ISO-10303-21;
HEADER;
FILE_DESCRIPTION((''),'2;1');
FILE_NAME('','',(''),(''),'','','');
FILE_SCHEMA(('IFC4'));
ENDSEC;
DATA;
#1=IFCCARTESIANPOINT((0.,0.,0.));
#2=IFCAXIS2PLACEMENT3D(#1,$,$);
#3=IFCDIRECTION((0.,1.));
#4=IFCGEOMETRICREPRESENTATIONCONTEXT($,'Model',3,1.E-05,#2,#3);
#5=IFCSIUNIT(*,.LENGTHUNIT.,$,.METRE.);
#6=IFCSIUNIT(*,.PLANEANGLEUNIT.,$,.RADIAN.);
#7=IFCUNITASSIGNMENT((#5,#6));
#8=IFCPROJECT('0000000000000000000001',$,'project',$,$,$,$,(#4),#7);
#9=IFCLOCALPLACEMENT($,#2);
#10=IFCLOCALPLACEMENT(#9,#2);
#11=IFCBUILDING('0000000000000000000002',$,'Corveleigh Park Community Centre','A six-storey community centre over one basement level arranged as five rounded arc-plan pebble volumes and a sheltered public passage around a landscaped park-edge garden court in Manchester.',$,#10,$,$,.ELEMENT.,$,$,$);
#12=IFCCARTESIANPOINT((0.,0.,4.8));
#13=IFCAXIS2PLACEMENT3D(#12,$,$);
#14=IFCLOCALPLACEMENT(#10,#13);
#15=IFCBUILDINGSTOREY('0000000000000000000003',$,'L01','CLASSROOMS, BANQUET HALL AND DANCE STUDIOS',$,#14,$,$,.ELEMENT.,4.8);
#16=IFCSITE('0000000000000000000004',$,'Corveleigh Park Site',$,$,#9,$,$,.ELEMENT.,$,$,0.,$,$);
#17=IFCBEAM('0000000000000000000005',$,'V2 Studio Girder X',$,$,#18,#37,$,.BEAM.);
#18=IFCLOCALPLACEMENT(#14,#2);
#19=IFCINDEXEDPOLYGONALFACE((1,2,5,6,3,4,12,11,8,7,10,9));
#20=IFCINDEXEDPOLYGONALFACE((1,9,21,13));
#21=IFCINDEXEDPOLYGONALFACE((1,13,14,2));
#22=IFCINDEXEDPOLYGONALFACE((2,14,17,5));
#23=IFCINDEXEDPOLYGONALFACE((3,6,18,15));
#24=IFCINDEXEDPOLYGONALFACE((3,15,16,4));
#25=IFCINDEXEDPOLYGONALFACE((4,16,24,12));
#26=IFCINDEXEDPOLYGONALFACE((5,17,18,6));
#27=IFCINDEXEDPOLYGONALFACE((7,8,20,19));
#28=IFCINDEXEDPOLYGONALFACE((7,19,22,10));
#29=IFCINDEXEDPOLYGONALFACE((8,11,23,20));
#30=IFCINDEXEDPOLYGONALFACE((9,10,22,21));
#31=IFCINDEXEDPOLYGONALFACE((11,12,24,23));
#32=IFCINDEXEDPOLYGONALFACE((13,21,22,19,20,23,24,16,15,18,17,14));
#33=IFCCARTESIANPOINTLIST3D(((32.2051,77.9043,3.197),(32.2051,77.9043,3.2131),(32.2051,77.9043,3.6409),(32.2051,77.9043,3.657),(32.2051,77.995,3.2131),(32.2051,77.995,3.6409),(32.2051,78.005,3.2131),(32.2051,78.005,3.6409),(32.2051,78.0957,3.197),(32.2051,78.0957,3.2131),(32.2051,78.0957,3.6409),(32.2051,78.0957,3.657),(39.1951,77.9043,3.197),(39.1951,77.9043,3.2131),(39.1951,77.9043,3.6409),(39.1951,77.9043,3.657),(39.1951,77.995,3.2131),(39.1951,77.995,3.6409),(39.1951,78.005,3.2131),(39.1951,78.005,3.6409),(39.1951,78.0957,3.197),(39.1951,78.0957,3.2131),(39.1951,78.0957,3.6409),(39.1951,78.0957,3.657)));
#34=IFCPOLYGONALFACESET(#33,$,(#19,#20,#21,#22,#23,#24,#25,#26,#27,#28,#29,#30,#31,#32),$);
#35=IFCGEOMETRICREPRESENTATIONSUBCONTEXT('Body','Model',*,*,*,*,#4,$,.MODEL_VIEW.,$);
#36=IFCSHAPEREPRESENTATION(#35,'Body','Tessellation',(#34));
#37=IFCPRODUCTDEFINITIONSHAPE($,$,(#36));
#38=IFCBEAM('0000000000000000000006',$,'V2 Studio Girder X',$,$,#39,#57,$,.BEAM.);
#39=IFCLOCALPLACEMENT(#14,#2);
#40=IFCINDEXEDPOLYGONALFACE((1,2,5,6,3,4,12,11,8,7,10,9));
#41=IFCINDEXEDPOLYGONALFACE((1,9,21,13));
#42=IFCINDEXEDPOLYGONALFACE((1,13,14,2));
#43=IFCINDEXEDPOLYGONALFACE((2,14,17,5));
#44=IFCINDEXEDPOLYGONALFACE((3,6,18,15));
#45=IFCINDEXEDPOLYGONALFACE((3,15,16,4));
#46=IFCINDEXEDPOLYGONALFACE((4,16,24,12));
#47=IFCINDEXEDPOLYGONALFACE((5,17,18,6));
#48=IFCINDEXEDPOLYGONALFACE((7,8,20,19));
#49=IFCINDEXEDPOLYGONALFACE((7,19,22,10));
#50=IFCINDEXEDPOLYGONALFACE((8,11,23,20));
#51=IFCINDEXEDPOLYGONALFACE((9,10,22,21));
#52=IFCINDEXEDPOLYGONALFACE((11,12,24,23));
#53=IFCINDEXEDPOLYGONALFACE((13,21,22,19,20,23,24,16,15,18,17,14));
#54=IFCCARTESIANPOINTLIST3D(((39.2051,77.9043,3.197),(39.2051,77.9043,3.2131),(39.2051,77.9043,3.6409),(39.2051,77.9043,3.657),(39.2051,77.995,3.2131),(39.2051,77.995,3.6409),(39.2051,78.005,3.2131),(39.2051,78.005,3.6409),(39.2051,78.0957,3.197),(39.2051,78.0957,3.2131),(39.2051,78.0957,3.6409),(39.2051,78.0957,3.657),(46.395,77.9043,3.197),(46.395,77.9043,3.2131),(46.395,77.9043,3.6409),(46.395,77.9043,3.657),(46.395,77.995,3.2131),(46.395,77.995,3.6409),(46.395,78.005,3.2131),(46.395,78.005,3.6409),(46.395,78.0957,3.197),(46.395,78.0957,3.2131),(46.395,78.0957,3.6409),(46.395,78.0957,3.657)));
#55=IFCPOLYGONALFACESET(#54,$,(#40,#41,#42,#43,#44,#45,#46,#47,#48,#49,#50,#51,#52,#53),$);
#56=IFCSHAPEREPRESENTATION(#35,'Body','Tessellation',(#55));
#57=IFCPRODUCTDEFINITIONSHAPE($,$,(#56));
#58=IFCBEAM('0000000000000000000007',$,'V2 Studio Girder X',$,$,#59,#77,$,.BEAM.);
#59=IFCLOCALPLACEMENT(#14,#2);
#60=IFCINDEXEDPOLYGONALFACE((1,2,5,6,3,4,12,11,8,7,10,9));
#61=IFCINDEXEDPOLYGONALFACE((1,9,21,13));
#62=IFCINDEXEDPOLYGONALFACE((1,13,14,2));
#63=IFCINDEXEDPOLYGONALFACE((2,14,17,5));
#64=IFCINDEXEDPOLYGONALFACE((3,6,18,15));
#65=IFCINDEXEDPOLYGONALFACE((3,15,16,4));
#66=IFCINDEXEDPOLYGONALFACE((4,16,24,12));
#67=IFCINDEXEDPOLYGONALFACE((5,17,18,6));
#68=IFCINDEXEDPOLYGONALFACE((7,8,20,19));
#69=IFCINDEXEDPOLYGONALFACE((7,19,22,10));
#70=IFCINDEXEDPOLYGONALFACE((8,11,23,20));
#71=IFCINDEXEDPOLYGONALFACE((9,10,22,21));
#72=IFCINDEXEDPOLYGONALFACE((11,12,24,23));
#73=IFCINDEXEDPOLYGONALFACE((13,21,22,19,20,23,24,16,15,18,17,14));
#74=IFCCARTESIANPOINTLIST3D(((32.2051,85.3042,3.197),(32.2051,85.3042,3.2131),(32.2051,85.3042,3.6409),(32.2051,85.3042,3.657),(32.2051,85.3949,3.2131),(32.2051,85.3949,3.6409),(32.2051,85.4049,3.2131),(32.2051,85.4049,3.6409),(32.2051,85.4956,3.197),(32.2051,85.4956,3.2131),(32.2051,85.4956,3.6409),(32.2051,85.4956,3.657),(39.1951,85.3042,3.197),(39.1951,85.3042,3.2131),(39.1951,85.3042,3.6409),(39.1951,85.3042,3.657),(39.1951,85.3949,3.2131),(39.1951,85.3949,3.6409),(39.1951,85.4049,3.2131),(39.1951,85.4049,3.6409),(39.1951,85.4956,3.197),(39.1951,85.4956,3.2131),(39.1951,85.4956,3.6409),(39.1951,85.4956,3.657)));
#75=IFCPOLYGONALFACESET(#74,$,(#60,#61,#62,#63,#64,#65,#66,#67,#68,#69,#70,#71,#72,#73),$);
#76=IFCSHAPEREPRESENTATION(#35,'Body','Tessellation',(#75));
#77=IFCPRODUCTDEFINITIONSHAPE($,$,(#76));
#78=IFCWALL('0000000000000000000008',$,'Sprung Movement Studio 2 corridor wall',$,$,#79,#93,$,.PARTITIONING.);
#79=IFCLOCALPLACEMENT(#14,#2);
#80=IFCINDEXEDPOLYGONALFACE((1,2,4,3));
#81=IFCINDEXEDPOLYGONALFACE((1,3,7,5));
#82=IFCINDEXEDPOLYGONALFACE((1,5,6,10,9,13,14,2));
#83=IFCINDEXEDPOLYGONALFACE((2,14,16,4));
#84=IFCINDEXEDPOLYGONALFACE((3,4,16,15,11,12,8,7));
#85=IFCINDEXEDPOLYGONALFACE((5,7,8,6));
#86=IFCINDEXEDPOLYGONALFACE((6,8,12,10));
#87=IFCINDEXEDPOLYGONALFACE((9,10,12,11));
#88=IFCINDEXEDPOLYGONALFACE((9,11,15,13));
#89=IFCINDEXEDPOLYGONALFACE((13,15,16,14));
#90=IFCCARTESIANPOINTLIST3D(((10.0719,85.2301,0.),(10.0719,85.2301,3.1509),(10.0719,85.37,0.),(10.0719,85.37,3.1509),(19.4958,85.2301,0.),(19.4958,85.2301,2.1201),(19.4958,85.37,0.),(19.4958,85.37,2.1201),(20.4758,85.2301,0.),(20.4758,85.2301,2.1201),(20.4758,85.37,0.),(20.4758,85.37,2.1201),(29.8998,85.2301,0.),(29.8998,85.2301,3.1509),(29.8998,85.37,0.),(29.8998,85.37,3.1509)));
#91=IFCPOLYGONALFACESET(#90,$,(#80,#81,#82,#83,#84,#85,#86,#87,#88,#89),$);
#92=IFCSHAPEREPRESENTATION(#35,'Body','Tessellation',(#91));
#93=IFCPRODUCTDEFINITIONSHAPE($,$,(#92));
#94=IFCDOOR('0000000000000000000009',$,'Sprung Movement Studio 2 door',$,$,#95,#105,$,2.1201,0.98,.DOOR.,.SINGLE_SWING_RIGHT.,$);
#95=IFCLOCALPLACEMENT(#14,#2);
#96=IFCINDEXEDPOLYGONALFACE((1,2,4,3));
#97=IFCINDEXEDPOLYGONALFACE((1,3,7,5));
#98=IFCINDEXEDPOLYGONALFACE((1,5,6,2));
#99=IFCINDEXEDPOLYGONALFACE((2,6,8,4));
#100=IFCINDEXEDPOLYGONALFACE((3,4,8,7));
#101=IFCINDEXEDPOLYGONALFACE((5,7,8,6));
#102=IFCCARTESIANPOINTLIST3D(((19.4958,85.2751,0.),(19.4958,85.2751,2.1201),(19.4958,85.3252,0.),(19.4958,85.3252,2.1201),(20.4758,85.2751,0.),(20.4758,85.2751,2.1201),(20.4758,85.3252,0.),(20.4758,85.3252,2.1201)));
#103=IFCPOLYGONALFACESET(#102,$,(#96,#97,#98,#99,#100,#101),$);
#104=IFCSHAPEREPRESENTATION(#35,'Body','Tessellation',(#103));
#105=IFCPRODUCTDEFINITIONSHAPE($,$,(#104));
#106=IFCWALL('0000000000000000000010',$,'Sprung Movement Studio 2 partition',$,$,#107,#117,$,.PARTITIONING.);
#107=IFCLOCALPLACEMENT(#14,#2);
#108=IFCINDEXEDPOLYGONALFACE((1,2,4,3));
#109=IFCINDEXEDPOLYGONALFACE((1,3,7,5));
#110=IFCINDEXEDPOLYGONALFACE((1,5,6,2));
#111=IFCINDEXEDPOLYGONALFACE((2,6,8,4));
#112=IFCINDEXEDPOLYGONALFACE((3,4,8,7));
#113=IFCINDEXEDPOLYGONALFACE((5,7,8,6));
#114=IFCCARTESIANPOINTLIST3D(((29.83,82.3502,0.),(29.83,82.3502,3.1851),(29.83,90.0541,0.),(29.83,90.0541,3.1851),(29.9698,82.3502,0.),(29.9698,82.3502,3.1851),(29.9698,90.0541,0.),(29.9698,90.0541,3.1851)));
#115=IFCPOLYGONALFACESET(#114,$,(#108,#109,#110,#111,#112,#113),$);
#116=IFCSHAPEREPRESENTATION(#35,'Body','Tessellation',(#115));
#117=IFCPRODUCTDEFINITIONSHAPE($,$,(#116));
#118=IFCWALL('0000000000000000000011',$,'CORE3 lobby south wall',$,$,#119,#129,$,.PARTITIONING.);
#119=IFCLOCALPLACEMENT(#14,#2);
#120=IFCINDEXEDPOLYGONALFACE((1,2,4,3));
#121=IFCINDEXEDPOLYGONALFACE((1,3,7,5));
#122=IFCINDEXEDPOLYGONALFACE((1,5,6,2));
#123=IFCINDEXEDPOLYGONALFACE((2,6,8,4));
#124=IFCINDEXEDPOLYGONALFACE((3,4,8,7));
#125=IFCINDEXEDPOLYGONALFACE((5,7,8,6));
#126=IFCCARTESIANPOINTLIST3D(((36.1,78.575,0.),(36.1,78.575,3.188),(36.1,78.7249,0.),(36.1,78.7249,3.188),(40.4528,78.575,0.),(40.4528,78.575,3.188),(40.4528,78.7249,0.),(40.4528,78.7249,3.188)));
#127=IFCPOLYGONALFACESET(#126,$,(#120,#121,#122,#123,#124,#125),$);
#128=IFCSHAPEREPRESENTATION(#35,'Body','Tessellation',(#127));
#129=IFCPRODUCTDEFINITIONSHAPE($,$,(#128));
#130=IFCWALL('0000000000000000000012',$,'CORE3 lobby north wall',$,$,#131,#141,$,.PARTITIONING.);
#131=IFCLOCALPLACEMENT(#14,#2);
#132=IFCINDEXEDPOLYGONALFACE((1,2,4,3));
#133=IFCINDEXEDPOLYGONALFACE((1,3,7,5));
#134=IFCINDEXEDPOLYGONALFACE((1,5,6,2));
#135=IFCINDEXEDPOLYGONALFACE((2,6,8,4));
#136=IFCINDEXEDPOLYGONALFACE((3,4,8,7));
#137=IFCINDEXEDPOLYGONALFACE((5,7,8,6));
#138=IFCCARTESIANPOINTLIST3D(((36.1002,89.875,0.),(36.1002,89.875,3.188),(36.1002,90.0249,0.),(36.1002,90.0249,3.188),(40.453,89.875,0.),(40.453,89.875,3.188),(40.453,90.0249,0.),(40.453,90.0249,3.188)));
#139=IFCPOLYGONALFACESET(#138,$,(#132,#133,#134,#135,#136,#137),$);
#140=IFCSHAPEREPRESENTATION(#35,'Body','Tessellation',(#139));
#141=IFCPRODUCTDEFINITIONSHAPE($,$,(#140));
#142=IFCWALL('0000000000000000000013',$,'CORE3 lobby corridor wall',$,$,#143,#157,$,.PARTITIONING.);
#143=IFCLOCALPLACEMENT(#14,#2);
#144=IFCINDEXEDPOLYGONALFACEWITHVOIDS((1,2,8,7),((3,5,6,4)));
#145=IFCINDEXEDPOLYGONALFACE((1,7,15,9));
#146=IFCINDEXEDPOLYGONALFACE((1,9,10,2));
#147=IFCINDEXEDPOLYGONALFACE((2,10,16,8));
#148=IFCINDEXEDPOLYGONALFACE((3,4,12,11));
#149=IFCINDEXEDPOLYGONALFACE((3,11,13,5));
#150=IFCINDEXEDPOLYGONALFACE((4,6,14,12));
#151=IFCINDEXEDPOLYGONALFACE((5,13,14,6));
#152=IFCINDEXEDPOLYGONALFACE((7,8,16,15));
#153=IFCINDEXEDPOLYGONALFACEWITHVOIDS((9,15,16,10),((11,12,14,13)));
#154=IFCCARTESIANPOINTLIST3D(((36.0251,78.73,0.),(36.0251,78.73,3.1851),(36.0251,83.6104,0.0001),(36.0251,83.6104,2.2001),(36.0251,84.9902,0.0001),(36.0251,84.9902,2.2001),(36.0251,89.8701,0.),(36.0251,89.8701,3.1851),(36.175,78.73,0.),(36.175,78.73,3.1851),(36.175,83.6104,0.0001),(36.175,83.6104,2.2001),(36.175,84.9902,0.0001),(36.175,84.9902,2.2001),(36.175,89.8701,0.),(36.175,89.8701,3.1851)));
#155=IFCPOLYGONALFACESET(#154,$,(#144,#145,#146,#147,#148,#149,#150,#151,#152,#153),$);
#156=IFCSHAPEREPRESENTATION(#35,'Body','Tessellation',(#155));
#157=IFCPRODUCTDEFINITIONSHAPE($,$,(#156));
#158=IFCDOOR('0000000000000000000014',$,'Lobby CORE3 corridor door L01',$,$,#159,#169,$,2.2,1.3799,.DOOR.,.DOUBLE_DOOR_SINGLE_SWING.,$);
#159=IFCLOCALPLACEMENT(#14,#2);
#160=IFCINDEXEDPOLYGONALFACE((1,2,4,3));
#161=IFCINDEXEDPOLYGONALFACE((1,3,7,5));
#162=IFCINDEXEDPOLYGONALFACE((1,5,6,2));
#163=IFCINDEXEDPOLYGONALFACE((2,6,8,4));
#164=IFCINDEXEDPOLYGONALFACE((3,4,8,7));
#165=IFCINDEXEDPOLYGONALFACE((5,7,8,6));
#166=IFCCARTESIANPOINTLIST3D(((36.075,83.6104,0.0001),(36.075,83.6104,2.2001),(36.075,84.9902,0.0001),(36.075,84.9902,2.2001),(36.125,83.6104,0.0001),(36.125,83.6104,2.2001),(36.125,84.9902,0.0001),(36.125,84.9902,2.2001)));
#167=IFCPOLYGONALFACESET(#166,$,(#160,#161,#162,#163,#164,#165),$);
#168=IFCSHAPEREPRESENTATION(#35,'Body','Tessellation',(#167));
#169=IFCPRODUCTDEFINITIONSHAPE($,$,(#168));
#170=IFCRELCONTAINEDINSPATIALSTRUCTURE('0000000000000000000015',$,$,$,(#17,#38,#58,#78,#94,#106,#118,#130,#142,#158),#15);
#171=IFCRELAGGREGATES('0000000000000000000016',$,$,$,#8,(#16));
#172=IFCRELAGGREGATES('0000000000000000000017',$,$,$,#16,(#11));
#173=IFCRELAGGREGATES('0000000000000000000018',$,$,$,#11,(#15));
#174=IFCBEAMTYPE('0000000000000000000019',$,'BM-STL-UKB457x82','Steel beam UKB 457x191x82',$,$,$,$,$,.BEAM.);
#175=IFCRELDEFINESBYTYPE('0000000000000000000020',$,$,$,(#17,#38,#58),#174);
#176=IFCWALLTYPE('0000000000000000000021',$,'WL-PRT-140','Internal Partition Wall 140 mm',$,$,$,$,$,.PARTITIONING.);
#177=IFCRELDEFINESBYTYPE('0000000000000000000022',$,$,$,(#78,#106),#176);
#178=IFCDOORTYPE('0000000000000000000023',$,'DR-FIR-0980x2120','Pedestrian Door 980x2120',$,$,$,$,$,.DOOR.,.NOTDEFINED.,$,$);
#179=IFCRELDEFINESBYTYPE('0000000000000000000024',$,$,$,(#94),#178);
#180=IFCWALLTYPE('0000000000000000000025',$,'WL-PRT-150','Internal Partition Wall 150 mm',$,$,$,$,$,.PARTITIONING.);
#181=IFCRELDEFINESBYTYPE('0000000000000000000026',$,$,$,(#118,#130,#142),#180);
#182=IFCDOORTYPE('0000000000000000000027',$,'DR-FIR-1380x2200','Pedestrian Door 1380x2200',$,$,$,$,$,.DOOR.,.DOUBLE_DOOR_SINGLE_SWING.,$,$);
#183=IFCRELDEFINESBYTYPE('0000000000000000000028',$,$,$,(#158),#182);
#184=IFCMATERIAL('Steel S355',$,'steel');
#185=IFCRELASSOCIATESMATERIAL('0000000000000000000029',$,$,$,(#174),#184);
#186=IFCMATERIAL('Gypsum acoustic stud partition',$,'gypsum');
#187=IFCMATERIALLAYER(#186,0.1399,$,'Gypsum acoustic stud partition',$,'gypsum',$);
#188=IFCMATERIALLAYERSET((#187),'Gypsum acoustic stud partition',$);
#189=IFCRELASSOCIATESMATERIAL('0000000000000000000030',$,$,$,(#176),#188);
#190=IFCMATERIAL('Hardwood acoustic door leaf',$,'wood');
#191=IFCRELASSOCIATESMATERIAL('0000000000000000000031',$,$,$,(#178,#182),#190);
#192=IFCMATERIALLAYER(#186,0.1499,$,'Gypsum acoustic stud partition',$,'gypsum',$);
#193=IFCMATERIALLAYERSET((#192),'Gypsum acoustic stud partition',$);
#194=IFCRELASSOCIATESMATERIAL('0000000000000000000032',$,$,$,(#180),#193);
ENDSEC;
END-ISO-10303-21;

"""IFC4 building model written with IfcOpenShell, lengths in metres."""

from ifc_helpers import new_model, si_unit, direction, frame, frame_2d, origin, origin_2d, place, context, subcontext, project, spatial, rectangle, i_section, extrude, material, layer, layer_set, material_profile, profile_set, type_object, element, fill, save


model = new_model("IFC4")

# Units and contexts
model_context = context("Model", 3, precision=1e-05, world=origin(), true_north=direction((0.0, 1.0)))
body_context = subcontext(model_context, "Body", "Model", "MODEL_VIEW")
ifc_project = project(units=[si_unit("LENGTHUNIT", "METRE"), si_unit("PLANEANGLEUNIT", "RADIAN")], contexts=[model_context])

# Site, building, storey
site_placement = place(None, origin())
site = spatial("IfcSite", under=ifc_project, at=site_placement, Name="Corveleigh Park Site", CompositionType="ELEMENT", RefElevation=0.0)
building_placement = place(site_placement, origin())
building = spatial("IfcBuilding", under=site, at=building_placement, Name="Corveleigh Park Community Centre", Description="A six-storey community centre over one basement level arranged as five rounded arc-plan pebble volumes and a sheltered public passage around a landscaped park-edge garden court in Manchester.", CompositionType="ELEMENT")
storey_placement = place(building_placement, frame((0.0, 0.0, 4.8)))
storey = spatial("IfcBuildingStorey", under=building, at=storey_placement, Name="L01", Description="CLASSROOMS, BANQUET HALL AND DANCE STUDIOS", CompositionType="ELEMENT", Elevation=4.8)

# Shared definitions
ifc_material_1 = material(Name="Steel S355", Category="steel")

# Beams
ifc_material_profile_1 = material_profile(ifc_material_1, i_section(OverallWidth=0.1914, OverallDepth=0.46, WebThickness=0.01, FlangeThickness=0.0161, at=origin_2d()), Name="UKB 457x191x82", Category="steel")
ifc_profile_set_1 = profile_set([ifc_material_profile_1], Name="Steel S355")
beam_type_1 = type_object("IfcBeamType", Name="BM-STL-UKB457x82", Description="Steel beam UKB 457x191x82", PredefinedType="BEAM", material=ifc_profile_set_1)
beam_1_placement = place(storey_placement, frame((32.2051, 78.0, 3.427), z_axis=(1.0, 0.0, 0.0), x_axis=(0.0, 1.0, 0.0)))
element("IfcBeam", 1, at=beam_1_placement, inside=storey, type_object=beam_type_1, Name="V2 Studio Girder X", PredefinedType="BEAM", context=body_context, shape_type="SweptSolid", body=[
    extrude(i_section(OverallWidth=0.1914, OverallDepth=0.46, WebThickness=0.01, FlangeThickness=0.0161, at=origin_2d()), origin(), (0.0, 0.0, 1.0), 6.99),
])
beam_2_placement = place(storey_placement, frame((39.2051, 78.0, 3.427), z_axis=(1.0, 0.0, 0.0), x_axis=(0.0, 1.0, 0.0)))
element("IfcBeam", 2, at=beam_2_placement, inside=storey, type_object=beam_type_1, Name="V2 Studio Girder X", PredefinedType="BEAM", context=body_context, shape_type="SweptSolid", body=[
    extrude(i_section(OverallWidth=0.1914, OverallDepth=0.46, WebThickness=0.01, FlangeThickness=0.0161, at=origin_2d()), origin(), (0.0, 0.0, 1.0), 7.1899),
])
beam_3_placement = place(storey_placement, frame((32.2051, 85.3999, 3.427), z_axis=(1.0, 0.0, 0.0), x_axis=(0.0, 1.0, 0.0)))
element("IfcBeam", 3, at=beam_3_placement, inside=storey, type_object=beam_type_1, Name="V2 Studio Girder X", PredefinedType="BEAM", context=body_context, shape_type="SweptSolid", body=[
    extrude(i_section(OverallWidth=0.1914, OverallDepth=0.46, WebThickness=0.01, FlangeThickness=0.0161, at=origin_2d()), origin(), (0.0, 0.0, 1.0), 6.99),
])

# Wall, opening, door
ifc_material_2 = material(Name="Gypsum acoustic stud partition", Category="gypsum")
ifc_layer_1 = layer(ifc_material_2, 0.1399, Name="Gypsum acoustic stud partition", Category="gypsum")
ifc_layer_set_1 = layer_set([ifc_layer_1], Name="Gypsum acoustic stud partition")
wall_type_1 = type_object("IfcWallType", Name="WL-PRT-140", Description="Internal Partition Wall 140 mm", PredefinedType="PARTITIONING", material=ifc_layer_set_1)
wall_1_placement = place(storey_placement, frame((29.8999, 85.3, 0.0), z_axis=(0.0, 0.0, 1.0), x_axis=(-1.0, 0.0, 0.0)))
wall_1 = element("IfcWall", 4, at=wall_1_placement, inside=storey, type_object=wall_type_1, Name="Sprung Movement Studio 2 corridor wall", PredefinedType="PARTITIONING", context=body_context, shape_type="SweptSolid", body=[
    extrude(rectangle(XDim=19.8279, YDim=0.1399, at=frame_2d((9.9141, 0.0))), origin(), (0.0, 0.0, 1.0), 3.1509),
])
opening_1_placement = place(wall_1_placement, frame((9.4241, 0.0, 0.0)))
opening_1 = element("IfcOpeningElement", 5, at=opening_1_placement, cuts=wall_1, PredefinedType="OPENING", context=body_context, shape_type="SweptSolid", body=[
    extrude(rectangle(XDim=0.98, YDim=2.1201, at=frame_2d((0.49, 1.0601))), frame((0.0, 0.0798, 0.0), z_axis=(0.0, -1.0, 0.0), x_axis=(1.0, 0.0, 0.0)), (0.0, 0.0, 1.0), 0.1599),
])
ifc_material_3 = material(Name="Hardwood acoustic door leaf", Category="wood")
door_type_1 = type_object("IfcDoorType", Name="DR-FIR-0980x2120", Description="Pedestrian Door 980x2120", OperationType="NOTDEFINED", PredefinedType="DOOR", material=ifc_material_3)
door_1_placement = place(opening_1_placement, origin())
door_1 = element("IfcDoor", 6, at=door_1_placement, inside=storey, type_object=door_type_1, Name="Sprung Movement Studio 2 door", OperationType="SINGLE_SWING_RIGHT", OverallHeight=2.1201, OverallWidth=0.98, PredefinedType="DOOR", context=body_context, shape_type="SweptSolid", body=[
    extrude(rectangle(XDim=0.98, YDim=2.1201, at=frame_2d((0.49, 1.0601))), frame((0.0, 0.0249, 0.0), z_axis=(0.0, -1.0, 0.0), x_axis=(1.0, 0.0, 0.0)), (0.0, 0.0, 1.0), 0.05),
])
fill(opening_1, door_1)

# Walls
wall_2_placement = place(storey_placement, frame((29.8999, 82.3501, 0.0), z_axis=(0.0, 0.0, 1.0), x_axis=(0.0, 1.0, 0.0)))
element("IfcWall", 7, at=wall_2_placement, inside=storey, type_object=wall_type_1, Name="Sprung Movement Studio 2 partition", PredefinedType="PARTITIONING", context=body_context, shape_type="SweptSolid", body=[
    extrude(rectangle(XDim=7.7039, YDim=0.1399, at=frame_2d((3.8521, 0.0))), origin(), (0.0, 0.0, 1.0), 3.1851),
])
ifc_layer_2 = layer(ifc_material_2, 0.1499, Name="Gypsum acoustic stud partition", Category="gypsum")
ifc_layer_set_2 = layer_set([ifc_layer_2], Name="Gypsum acoustic stud partition")
wall_type_2 = type_object("IfcWallType", Name="WL-PRT-150", Description="Internal Partition Wall 150 mm", PredefinedType="PARTITIONING", material=ifc_layer_set_2)
for number, where, z_axis, x_axis, name in (
    (8, (36.1001, 78.6499, 0.0), (0.0, 0.0, 1.0), (1.0, 0.0, 0.0), "CORE3 lobby south wall"),
    (9, (40.4529, 89.95, 0.0), (0.0, 0.0, 1.0), (-1.0, 0.0, 0.0), "CORE3 lobby north wall"),
):
    element("IfcWall", number, at=place(storey_placement, frame(where, z_axis=z_axis, x_axis=x_axis)), inside=storey, type_object=wall_type_2, Name=name, PredefinedType="PARTITIONING", context=body_context, shape_type="SweptSolid", body=[
        extrude(rectangle(XDim=4.3528, YDim=0.1499, at=frame_2d((2.1763, 0.0))), origin(), (0.0, 0.0, 1.0), 3.188),
    ])

# Wall, opening, door
wall_3_placement = place(storey_placement, frame((36.1001, 89.8701, 0.0), z_axis=(0.0, 0.0, 1.0), x_axis=(0.0, -1.0, 0.0)))
wall_3 = element("IfcWall", 10, at=wall_3_placement, inside=storey, type_object=wall_type_2, Name="CORE3 lobby corridor wall", PredefinedType="PARTITIONING", context=body_context, shape_type="SweptSolid", body=[
    extrude(rectangle(XDim=11.1401, YDim=0.1499, at=frame_2d((5.5701, 0.0))), origin(), (0.0, 0.0, 1.0), 3.1851),
])
opening_2_placement = place(wall_3_placement, frame((4.8799, 0.0, 0.0)))
opening_2 = element("IfcOpeningElement", 11, at=opening_2_placement, cuts=wall_3, PredefinedType="OPENING", context=body_context, shape_type="SweptSolid", body=[
    extrude(rectangle(XDim=1.3799, YDim=2.2, at=frame_2d((0.6899, 1.1001))), frame((0.0, 0.085, 0.0), z_axis=(0.0, -1.0, 0.0), x_axis=(1.0, 0.0, 0.0)), (0.0, 0.0, 1.0), 0.1699),
])
door_type_2 = type_object("IfcDoorType", Name="DR-FIR-1380x2200", Description="Pedestrian Door 1380x2200", OperationType="DOUBLE_DOOR_SINGLE_SWING", PredefinedType="DOOR", material=ifc_material_3)
door_2_placement = place(opening_2_placement, origin())
door_2 = element("IfcDoor", 12, at=door_2_placement, inside=storey, type_object=door_type_2, Name="Lobby CORE3 corridor door L01", OperationType="DOUBLE_DOOR_SINGLE_SWING", OverallHeight=2.2, OverallWidth=1.3799, PredefinedType="DOOR", context=body_context, shape_type="SweptSolid", body=[
    extrude(rectangle(XDim=1.3799, YDim=2.2, at=frame_2d((0.6899, 1.1001))), frame((0.0, 0.0249, 0.0), z_axis=(0.0, -1.0, 0.0), x_axis=(1.0, 0.0, 0.0)), (0.0, 0.0, 1.0), 0.05),
])
fill(opening_2, door_2)

save(model, "model.ifc")
